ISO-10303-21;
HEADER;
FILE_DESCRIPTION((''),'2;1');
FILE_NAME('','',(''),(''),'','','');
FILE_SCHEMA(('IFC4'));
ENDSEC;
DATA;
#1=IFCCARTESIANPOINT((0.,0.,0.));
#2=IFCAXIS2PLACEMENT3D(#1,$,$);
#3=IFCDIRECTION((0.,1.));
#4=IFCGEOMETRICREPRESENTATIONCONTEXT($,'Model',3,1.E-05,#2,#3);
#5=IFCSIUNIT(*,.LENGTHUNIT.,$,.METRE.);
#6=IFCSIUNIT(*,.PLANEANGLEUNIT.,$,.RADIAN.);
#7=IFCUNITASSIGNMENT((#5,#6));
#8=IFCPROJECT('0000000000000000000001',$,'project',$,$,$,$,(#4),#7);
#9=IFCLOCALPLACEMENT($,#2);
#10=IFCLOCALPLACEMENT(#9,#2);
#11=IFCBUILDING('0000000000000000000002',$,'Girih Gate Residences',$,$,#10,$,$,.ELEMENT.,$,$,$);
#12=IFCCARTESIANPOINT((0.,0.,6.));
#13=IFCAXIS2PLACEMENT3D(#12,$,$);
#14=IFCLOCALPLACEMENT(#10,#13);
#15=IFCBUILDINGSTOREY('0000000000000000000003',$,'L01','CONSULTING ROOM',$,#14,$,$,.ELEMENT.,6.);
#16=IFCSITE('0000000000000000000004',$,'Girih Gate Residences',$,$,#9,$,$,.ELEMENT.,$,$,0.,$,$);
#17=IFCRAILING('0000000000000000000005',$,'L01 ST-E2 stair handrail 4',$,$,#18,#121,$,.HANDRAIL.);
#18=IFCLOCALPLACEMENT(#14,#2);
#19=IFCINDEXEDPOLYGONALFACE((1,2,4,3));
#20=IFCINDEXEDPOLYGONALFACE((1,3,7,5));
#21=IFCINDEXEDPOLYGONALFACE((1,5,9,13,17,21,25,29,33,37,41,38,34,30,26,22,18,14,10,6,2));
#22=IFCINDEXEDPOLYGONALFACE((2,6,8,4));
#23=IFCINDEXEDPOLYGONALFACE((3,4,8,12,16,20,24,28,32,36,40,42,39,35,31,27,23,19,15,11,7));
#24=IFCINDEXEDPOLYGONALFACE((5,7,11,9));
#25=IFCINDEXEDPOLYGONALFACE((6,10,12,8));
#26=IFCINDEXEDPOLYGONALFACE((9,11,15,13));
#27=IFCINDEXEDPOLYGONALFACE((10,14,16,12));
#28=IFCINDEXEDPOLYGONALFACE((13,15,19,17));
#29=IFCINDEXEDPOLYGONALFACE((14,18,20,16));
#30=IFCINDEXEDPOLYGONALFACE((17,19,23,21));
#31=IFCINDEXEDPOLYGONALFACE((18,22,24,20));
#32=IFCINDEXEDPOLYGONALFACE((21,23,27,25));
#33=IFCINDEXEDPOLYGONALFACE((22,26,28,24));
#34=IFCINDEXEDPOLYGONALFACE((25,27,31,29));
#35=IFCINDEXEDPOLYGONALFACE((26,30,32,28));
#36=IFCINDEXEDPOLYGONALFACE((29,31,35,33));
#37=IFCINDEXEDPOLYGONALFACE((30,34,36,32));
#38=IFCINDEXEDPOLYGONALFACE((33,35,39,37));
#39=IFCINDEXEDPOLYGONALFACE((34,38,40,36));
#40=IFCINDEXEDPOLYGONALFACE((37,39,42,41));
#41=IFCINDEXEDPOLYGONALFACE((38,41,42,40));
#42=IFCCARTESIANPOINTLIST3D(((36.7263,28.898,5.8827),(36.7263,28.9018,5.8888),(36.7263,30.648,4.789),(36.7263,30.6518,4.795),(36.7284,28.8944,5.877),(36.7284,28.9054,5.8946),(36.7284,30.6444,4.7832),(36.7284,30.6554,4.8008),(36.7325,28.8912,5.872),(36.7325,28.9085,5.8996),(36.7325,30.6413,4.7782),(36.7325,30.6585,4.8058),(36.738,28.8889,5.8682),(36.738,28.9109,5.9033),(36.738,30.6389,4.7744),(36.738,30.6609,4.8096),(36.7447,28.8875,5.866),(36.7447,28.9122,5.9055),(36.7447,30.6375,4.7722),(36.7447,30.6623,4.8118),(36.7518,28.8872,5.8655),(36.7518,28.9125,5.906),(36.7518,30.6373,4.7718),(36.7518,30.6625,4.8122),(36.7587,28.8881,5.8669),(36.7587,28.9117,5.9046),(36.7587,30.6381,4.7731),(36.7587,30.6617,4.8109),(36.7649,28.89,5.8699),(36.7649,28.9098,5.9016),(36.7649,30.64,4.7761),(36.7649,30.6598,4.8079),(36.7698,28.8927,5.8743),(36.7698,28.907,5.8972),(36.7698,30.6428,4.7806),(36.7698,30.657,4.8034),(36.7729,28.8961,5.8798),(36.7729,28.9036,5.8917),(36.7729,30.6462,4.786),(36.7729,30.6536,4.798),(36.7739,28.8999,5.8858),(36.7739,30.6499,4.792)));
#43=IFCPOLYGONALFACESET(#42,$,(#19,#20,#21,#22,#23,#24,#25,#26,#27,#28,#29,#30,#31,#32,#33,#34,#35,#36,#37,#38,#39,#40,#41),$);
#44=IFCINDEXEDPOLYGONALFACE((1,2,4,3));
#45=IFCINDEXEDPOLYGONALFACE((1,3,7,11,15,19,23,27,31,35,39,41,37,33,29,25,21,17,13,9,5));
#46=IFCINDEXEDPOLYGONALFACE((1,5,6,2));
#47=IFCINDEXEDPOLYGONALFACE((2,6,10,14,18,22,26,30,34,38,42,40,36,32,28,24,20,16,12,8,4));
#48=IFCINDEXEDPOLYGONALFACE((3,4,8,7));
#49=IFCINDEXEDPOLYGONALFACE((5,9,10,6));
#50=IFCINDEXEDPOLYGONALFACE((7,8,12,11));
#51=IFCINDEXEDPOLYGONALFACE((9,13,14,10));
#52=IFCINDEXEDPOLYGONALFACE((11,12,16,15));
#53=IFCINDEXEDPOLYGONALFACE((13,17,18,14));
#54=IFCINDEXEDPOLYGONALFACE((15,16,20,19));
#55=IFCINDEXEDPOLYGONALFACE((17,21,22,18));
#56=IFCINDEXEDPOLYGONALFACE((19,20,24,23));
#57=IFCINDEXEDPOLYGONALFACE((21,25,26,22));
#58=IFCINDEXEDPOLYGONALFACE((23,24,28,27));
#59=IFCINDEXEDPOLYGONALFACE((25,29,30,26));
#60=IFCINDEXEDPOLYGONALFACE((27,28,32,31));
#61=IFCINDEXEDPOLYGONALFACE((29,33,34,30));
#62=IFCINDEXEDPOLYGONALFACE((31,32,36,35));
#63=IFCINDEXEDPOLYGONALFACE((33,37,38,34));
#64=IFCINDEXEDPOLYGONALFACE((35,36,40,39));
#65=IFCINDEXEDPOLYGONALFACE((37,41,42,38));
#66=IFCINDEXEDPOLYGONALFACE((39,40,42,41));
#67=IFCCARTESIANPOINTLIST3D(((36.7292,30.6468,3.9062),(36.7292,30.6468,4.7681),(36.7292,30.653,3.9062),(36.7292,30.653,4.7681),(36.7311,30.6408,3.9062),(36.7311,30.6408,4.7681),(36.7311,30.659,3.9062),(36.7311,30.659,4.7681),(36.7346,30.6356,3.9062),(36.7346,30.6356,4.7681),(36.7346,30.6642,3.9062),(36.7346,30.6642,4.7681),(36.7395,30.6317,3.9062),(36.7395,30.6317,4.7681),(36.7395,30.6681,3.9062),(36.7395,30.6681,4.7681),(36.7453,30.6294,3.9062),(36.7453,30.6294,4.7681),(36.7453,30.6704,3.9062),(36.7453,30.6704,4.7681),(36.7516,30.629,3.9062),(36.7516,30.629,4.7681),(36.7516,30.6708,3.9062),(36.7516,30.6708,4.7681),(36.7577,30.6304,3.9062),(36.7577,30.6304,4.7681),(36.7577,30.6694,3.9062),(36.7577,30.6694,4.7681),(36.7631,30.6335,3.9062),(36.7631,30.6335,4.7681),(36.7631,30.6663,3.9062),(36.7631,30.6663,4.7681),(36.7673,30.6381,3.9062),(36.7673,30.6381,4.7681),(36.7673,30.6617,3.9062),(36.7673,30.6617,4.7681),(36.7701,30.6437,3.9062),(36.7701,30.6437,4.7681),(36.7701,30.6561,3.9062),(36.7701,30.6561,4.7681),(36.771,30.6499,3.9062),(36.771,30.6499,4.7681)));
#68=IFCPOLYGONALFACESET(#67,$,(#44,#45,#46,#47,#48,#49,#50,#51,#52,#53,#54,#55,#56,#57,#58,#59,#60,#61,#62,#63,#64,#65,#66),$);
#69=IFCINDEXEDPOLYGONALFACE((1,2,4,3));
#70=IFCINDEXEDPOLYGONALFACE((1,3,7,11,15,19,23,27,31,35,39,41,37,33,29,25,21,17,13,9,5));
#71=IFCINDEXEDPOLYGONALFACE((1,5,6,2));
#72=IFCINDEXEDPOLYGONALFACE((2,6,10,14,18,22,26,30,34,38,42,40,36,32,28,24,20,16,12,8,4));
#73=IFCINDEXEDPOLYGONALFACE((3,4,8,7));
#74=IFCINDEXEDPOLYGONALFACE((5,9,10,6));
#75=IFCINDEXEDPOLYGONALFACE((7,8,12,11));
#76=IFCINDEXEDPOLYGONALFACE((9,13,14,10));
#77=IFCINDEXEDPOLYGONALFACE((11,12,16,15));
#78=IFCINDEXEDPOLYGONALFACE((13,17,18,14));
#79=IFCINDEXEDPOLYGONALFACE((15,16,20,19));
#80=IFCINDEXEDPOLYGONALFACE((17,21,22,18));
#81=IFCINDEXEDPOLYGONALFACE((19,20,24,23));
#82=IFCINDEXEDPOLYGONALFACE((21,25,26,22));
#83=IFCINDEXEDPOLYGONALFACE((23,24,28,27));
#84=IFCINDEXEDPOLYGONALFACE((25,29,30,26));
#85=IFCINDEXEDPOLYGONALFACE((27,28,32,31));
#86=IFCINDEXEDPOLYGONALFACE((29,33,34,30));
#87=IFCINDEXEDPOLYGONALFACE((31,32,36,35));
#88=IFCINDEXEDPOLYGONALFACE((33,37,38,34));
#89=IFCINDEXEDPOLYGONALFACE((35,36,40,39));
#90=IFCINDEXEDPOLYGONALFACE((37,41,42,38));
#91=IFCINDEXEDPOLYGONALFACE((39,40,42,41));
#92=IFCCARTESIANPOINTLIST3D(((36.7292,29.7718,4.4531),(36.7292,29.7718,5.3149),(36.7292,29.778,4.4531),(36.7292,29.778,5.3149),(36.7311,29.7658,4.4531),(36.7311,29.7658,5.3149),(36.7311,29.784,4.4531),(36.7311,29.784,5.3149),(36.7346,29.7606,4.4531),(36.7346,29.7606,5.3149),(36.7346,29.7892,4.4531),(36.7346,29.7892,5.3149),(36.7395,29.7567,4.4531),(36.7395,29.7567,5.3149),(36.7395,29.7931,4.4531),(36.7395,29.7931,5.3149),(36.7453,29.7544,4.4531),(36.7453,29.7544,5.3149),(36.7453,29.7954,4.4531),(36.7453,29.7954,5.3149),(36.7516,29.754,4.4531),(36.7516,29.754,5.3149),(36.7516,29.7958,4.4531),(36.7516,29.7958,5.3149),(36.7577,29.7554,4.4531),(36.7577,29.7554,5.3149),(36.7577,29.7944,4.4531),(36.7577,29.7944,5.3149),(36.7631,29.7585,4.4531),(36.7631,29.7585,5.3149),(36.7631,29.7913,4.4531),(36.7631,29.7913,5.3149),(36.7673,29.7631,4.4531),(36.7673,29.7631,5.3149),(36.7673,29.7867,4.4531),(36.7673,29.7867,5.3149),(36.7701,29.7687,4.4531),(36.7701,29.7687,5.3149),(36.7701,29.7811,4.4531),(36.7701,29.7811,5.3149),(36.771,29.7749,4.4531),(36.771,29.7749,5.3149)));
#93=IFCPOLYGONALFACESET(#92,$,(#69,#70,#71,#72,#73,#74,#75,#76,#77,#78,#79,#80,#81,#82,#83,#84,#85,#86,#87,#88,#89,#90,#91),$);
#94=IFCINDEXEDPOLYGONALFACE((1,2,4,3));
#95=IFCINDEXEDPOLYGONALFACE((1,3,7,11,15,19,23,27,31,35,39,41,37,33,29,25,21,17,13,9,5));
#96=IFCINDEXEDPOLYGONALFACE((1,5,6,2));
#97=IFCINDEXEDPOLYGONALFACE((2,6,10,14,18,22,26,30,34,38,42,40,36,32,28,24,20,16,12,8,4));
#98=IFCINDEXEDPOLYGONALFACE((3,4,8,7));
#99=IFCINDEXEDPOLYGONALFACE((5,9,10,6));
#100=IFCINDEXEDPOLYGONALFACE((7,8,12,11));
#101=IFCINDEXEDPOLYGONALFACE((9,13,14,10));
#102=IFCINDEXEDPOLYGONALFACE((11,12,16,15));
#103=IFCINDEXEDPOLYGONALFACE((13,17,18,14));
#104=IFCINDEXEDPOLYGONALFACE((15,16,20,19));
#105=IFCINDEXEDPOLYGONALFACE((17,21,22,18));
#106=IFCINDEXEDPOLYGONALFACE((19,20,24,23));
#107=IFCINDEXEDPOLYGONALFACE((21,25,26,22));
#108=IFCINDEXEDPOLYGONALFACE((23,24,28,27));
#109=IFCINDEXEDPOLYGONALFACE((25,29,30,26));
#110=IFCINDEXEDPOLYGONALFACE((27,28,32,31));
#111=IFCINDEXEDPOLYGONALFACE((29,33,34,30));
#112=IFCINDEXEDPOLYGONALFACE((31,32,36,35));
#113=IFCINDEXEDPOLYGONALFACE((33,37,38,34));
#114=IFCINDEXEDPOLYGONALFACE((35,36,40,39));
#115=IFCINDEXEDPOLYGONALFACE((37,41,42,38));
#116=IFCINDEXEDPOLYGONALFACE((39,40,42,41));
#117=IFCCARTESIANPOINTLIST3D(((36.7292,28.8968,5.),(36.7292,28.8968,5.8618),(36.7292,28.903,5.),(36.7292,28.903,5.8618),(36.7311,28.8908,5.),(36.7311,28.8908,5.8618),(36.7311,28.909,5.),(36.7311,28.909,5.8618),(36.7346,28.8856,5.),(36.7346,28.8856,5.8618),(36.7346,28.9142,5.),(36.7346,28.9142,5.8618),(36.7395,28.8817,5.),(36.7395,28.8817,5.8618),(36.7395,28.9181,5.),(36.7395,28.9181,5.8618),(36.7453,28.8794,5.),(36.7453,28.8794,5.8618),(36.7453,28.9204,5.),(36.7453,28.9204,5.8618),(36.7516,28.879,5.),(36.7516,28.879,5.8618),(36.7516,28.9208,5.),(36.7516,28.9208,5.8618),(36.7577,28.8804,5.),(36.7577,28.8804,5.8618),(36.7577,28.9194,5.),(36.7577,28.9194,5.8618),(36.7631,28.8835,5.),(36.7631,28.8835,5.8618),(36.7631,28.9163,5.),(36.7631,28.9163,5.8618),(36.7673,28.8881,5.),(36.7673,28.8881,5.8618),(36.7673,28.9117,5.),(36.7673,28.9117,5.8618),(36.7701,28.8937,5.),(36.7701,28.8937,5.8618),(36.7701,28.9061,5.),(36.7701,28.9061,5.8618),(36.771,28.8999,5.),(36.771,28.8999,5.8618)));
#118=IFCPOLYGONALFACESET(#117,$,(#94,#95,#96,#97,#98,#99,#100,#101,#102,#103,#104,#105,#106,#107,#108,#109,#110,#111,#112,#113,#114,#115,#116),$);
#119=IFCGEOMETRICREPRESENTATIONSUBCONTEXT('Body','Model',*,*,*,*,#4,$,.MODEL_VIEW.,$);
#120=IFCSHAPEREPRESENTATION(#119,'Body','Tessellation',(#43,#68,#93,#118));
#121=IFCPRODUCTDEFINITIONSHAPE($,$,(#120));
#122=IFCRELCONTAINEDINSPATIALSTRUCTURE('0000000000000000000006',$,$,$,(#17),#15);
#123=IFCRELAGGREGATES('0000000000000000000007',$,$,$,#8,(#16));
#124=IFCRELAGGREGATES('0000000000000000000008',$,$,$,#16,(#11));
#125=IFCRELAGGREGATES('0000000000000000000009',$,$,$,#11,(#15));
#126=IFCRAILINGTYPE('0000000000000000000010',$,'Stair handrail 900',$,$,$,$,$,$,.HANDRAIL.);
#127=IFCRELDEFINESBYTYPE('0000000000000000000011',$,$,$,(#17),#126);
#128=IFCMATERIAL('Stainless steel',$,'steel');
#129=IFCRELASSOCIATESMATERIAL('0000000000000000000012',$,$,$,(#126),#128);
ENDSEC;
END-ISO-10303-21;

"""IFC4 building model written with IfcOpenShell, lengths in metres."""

from ifc_helpers import new_model, si_unit, direction, frame, origin, origin_2d, place, context, subcontext, project, spatial, circle, extrude, material, type_object, element, save


model = new_model("IFC4")

# Units and contexts
model_context = context("Model", 3, precision=1e-05, world=origin(), true_north=direction((0.0, 1.0)))
body_context = subcontext(model_context, "Body", "Model", "MODEL_VIEW")
ifc_project = project(units=[si_unit("LENGTHUNIT", "METRE"), si_unit("PLANEANGLEUNIT", "RADIAN")], contexts=[model_context])

# Site, building, storey
site_placement = place(None, origin())
site = spatial("IfcSite", under=ifc_project, at=site_placement, Name="Girih Gate Residences", CompositionType="ELEMENT", RefElevation=0.0)
building_placement = place(site_placement, origin())
building = spatial("IfcBuilding", under=site, at=building_placement, Name="Girih Gate Residences", CompositionType="ELEMENT")
storey_placement = place(building_placement, frame((0.0, 0.0, 6.0)))
storey = spatial("IfcBuildingStorey", under=building, at=storey_placement, Name="L01", Description="CONSULTING ROOM", CompositionType="ELEMENT", Elevation=6.0)

# Railing
ifc_material_1 = material(Name="Stainless steel", Category="steel")
railing_type_1 = type_object("IfcRailingType", Name="Stair handrail 900", PredefinedType="HANDRAIL", material=ifc_material_1)
railing_1_placement = place(storey_placement, frame((36.75, 30.6499, 3.9062)))
element("IfcRailing", 1, at=railing_1_placement, inside=storey, type_object=railing_type_1, Name="L01 ST-E2 stair handrail 4", PredefinedType="HANDRAIL", context=body_context, shape_type="SweptSolid", body=[
    extrude(circle(Radius=0.0239, at=origin_2d()), frame((0.0, 0.0, 0.8857), z_axis=(0.0, -0.847998, 0.529999), x_axis=(1.0, 0.0, 0.0)), (0.0, 0.0, 1.0), 2.0637),
    extrude(circle(Radius=0.021, at=origin_2d()), origin(), (0.0, 0.0, 1.0), 0.8618),
    extrude(circle(Radius=0.021, at=origin_2d()), frame((0.0, -0.875, 0.5469)), (0.0, 0.0, 1.0), 0.8618),
    extrude(circle(Radius=0.021, at=origin_2d()), frame((0.0, -1.75, 1.0938)), (0.0, 0.0, 1.0), 0.8618),
])

save(model, "model.ifc")
